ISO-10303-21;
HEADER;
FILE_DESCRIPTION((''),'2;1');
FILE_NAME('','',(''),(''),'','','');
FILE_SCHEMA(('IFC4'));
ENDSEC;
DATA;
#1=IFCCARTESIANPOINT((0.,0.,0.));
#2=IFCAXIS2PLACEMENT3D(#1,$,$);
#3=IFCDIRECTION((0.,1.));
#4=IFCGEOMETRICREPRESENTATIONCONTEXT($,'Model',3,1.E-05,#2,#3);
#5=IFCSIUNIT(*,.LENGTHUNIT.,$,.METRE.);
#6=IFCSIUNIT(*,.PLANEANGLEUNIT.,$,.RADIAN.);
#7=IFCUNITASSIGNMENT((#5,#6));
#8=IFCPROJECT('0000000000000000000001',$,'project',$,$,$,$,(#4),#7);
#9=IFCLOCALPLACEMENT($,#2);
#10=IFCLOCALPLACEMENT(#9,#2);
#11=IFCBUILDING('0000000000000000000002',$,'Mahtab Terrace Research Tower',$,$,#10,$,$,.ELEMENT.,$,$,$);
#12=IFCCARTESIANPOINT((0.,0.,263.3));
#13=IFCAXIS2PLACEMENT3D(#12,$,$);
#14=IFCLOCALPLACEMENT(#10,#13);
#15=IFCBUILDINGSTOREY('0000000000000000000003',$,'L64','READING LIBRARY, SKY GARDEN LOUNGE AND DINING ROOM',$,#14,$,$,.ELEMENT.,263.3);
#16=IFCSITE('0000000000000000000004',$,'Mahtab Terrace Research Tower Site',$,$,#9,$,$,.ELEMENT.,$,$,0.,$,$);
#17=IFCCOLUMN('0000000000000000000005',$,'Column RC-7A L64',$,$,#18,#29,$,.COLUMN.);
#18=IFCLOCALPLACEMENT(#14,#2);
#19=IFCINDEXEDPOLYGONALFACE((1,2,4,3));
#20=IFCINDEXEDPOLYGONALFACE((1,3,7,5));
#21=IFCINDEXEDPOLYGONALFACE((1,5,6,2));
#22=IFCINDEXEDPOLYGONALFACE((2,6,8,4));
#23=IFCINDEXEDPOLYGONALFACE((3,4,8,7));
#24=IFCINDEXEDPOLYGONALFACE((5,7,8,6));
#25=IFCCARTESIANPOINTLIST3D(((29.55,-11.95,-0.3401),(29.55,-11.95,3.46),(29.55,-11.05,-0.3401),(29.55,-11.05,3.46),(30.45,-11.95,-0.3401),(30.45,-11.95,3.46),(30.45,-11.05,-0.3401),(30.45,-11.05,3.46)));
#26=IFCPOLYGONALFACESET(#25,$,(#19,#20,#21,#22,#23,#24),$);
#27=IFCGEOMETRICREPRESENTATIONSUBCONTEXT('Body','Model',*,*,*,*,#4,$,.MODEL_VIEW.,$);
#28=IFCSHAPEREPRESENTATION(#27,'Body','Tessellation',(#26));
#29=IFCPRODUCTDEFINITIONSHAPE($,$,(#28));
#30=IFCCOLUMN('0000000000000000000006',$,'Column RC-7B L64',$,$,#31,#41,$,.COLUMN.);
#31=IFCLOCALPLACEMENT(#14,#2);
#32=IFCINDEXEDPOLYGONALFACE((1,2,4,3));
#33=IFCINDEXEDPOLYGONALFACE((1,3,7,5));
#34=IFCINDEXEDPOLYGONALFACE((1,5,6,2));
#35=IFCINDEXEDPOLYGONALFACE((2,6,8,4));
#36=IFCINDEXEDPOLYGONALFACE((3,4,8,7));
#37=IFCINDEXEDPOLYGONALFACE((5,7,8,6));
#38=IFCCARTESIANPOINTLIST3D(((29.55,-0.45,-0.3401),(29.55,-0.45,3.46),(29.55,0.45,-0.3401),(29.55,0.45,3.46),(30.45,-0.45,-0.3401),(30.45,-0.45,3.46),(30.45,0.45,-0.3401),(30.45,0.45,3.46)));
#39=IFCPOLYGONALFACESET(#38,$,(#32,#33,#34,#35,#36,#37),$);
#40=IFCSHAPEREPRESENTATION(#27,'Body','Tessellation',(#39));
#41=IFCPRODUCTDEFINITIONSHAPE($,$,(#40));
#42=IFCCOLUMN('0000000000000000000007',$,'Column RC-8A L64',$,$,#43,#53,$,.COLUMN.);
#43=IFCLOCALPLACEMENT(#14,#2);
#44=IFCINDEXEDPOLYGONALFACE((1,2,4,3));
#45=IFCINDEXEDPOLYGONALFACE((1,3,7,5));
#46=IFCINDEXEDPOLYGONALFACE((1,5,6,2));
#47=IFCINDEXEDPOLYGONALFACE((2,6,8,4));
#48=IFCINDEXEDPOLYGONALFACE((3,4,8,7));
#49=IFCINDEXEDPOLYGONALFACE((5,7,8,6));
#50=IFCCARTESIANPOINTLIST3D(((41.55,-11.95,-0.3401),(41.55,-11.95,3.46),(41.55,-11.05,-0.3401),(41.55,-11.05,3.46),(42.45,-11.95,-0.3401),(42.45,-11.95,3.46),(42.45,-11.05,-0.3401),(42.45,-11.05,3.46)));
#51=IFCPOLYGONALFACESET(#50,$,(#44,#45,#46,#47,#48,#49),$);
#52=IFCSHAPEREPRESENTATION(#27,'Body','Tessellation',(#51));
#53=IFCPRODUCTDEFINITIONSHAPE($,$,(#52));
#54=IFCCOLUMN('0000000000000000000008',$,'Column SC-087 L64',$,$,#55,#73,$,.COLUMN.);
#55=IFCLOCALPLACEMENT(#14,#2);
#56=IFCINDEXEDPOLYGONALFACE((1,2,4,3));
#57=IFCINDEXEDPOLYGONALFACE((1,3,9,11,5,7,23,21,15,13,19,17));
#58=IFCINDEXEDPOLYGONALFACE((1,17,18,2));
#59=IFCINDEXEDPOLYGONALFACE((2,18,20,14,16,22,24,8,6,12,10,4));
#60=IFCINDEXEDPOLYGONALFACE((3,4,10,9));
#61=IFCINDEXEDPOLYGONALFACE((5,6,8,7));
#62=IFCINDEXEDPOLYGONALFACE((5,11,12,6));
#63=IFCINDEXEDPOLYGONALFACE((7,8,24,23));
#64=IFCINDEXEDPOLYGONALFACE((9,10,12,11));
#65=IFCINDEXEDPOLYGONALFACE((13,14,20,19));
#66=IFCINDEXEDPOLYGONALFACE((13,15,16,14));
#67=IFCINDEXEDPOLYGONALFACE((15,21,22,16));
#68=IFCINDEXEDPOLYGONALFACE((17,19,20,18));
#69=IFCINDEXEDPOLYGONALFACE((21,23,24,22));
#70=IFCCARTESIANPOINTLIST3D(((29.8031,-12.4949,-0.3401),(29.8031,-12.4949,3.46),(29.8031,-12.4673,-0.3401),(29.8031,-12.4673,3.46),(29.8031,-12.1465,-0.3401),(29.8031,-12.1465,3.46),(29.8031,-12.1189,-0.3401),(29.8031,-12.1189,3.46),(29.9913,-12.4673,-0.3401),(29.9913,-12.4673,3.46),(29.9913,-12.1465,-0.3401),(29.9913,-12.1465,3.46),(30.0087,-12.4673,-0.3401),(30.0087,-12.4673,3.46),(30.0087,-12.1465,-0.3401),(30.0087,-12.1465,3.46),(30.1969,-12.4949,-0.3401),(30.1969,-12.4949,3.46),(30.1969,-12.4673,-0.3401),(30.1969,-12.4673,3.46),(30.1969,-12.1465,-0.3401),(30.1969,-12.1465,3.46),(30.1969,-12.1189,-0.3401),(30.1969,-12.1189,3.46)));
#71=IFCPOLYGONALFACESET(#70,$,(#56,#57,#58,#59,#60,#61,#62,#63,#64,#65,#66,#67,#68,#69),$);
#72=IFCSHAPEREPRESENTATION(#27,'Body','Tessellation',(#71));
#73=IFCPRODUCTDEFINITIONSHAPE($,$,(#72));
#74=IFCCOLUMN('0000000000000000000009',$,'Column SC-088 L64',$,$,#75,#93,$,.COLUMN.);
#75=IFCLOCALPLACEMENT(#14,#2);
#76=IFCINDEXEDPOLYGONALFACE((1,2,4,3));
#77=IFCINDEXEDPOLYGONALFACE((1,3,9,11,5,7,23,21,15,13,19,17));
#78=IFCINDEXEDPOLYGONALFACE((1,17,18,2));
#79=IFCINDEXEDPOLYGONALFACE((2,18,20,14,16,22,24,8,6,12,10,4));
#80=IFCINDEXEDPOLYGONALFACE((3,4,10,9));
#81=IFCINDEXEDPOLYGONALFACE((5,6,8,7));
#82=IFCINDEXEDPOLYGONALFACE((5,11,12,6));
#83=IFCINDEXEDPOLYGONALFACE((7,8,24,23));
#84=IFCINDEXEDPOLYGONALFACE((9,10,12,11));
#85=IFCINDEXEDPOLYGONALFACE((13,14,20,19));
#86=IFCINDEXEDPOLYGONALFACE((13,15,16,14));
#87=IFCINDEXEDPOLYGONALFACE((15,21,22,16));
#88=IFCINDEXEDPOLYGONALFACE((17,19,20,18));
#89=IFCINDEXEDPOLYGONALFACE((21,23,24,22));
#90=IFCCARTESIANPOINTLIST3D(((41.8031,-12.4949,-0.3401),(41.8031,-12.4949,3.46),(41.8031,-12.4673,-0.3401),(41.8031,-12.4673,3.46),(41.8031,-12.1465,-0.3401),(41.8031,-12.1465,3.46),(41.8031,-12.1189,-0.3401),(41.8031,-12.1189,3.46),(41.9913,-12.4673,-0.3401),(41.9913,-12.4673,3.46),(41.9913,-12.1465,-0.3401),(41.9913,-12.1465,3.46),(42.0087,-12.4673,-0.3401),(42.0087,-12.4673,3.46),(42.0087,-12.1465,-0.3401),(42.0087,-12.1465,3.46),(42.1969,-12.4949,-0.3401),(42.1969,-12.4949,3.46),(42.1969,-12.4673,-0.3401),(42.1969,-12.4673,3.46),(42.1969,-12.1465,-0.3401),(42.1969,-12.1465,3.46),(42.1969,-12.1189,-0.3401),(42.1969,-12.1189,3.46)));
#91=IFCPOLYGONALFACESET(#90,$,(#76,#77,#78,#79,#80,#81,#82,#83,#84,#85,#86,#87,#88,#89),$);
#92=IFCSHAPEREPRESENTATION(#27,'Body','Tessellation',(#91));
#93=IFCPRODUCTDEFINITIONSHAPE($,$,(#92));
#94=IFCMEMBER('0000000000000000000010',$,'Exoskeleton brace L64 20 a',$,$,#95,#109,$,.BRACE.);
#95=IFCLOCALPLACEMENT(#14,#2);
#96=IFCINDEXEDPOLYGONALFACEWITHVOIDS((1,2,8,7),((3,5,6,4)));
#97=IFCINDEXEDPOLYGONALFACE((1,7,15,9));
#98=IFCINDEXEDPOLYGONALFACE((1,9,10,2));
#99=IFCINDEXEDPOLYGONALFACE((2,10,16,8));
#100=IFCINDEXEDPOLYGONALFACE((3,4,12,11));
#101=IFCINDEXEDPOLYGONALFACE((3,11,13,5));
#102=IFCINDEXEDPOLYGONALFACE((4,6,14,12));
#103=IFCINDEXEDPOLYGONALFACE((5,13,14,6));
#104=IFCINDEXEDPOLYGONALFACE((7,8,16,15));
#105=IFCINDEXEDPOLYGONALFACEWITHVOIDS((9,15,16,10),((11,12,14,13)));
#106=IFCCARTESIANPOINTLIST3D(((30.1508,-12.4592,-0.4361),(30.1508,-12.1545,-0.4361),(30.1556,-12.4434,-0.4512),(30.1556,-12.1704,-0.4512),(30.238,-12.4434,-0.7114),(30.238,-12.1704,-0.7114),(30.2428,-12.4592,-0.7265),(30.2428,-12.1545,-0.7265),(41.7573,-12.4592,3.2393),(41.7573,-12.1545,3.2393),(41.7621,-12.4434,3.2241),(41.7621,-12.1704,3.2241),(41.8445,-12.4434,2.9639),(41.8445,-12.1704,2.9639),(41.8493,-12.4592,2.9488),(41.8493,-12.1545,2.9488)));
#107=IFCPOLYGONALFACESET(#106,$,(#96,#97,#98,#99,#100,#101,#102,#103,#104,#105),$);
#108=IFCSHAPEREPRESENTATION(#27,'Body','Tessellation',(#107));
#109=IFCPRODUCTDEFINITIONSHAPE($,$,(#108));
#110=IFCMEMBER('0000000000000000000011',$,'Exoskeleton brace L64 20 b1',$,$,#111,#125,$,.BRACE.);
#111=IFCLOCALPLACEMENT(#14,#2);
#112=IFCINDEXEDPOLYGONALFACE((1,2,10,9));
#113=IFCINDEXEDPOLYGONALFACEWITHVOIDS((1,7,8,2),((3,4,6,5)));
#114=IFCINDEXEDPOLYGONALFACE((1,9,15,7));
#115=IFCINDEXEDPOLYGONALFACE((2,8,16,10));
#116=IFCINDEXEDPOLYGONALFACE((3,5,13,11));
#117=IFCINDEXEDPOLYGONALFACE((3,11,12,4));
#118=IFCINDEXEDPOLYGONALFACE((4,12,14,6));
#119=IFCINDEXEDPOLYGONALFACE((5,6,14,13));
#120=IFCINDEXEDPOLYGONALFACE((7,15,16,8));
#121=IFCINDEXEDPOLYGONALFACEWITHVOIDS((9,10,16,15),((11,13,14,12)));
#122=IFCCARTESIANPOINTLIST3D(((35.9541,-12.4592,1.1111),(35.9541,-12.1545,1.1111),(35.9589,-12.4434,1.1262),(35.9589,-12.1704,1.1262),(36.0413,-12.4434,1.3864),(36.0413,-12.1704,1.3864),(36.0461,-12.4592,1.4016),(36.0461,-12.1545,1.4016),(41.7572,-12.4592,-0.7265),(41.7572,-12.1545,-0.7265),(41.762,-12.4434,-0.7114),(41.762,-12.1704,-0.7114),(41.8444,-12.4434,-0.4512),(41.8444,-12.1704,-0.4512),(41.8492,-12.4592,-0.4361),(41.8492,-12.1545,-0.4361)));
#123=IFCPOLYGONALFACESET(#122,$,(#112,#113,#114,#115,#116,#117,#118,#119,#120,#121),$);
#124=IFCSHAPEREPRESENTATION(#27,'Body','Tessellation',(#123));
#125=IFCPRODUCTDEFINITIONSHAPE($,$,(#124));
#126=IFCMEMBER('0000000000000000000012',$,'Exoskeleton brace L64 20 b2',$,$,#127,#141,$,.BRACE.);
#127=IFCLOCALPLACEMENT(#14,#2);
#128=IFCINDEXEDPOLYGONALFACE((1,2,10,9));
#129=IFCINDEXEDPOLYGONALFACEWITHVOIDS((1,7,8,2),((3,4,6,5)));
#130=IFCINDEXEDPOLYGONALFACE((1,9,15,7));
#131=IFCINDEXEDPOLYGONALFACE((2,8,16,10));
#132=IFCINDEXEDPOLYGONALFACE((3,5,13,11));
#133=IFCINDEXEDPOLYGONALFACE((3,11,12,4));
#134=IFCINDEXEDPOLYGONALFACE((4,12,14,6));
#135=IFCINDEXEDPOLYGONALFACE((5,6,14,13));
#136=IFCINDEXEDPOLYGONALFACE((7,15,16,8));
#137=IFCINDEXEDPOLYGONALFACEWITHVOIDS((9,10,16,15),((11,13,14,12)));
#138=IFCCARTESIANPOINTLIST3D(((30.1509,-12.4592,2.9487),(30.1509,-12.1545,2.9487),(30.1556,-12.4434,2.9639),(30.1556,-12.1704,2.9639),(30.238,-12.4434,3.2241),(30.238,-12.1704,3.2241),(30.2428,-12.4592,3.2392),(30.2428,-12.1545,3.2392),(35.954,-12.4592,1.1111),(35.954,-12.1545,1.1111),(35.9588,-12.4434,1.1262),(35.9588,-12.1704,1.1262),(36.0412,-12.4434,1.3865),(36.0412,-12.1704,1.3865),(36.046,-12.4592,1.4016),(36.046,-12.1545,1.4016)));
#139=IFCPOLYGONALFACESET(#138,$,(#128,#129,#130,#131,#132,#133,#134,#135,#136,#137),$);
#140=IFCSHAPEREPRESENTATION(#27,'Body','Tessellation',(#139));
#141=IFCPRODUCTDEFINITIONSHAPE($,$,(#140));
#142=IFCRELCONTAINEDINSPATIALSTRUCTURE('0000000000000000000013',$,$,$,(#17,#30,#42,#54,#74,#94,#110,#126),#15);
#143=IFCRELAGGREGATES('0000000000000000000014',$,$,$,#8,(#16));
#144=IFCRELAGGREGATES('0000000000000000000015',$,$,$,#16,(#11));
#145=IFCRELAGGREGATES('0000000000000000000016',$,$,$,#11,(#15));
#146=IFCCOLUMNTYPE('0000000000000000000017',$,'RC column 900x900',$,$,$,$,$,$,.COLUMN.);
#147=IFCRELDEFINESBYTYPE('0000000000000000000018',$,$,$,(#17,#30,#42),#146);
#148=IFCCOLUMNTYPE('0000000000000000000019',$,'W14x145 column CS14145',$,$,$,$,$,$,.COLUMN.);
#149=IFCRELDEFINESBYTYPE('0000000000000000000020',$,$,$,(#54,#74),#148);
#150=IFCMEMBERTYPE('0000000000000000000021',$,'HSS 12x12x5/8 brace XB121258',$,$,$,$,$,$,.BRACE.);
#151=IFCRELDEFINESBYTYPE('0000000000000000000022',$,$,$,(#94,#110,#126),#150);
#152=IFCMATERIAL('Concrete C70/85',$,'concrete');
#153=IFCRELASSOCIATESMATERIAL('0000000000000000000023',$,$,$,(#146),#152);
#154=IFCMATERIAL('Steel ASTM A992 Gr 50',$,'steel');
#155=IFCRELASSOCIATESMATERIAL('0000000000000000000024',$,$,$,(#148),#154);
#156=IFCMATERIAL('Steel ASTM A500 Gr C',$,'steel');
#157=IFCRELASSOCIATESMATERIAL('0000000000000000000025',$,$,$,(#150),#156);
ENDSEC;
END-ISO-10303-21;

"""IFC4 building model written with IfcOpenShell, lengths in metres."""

from ifc_helpers import new_model, si_unit, direction, frame, origin, origin_2d, place, context, subcontext, project, spatial, rectangle, hollow_rectangle, i_section, extrude, material, material_profile, profile_set, type_object, element, save


model = new_model("IFC4")

# Units and contexts
model_context = context("Model", 3, precision=1e-05, world=origin(), true_north=direction((0.0, 1.0)))
body_context = subcontext(model_context, "Body", "Model", "MODEL_VIEW")
ifc_project = project(units=[si_unit("LENGTHUNIT", "METRE"), si_unit("PLANEANGLEUNIT", "RADIAN")], contexts=[model_context])

# Site, building, storey
site_placement = place(None, origin())
site = spatial("IfcSite", under=ifc_project, at=site_placement, Name="Mahtab Terrace Research Tower Site", CompositionType="ELEMENT", RefElevation=0.0)
building_placement = place(site_placement, origin())
building = spatial("IfcBuilding", under=site, at=building_placement, Name="Mahtab Terrace Research Tower", CompositionType="ELEMENT")
storey_placement = place(building_placement, frame((0.0, 0.0, 263.3)))
storey = spatial("IfcBuildingStorey", under=building, at=storey_placement, Name="L64", Description="READING LIBRARY, SKY GARDEN LOUNGE AND DINING ROOM", CompositionType="ELEMENT", Elevation=263.3)

# Columns
ifc_material_1 = material(Name="Concrete C70/85", Category="concrete")
ifc_material_profile_1 = material_profile(ifc_material_1, rectangle(XDim=0.8999, YDim=0.8999, at=origin_2d()), Name="RC column 900x900")
ifc_profile_set_1 = profile_set([ifc_material_profile_1], Name="Concrete C70/85")
column_type_1 = type_object("IfcColumnType", Name="RC column 900x900", PredefinedType="COLUMN", material=ifc_profile_set_1)
for number, where, z_axis, x_axis, name in (
    (1, (30.0, -11.5, -0.3401), (0.0, 0.0, 1.0), (1.0, 0.0, 0.0), "Column RC-7A L64"),
    (2, (30.0, 0.0, -0.3401), (0.0, 0.0, 1.0), (1.0, 0.0, 0.0), "Column RC-7B L64"),
    (3, (42.0, -11.5, -0.3401), (0.0, 0.0, 1.0), (1.0, 0.0, 0.0), "Column RC-8A L64"),
):
    element("IfcColumn", number, at=place(storey_placement, frame(where, z_axis=z_axis, x_axis=x_axis)), inside=storey, type_object=column_type_1, Name=name, PredefinedType="COLUMN", context=body_context, shape_type="SweptSolid", body=[
        extrude(rectangle(XDim=0.8999, YDim=0.8999, at=origin_2d()), origin(), (0.0, 0.0, 1.0), 3.8),
    ])
ifc_material_2 = material(Name="Steel ASTM A992 Gr 50", Category="steel")
ifc_material_profile_2 = material_profile(ifc_material_2, i_section(OverallWidth=0.3938, OverallDepth=0.376, WebThickness=0.0173, FlangeThickness=0.0276, at=origin_2d()), Name="W14X145")
ifc_profile_set_2 = profile_set([ifc_material_profile_2], Name="Steel ASTM A992 Gr 50")
column_type_2 = type_object("IfcColumnType", Name="W14x145 column CS14145", PredefinedType="COLUMN", material=ifc_profile_set_2)
for number, where, z_axis, x_axis, name in (
    (4, (30.0, -12.3069, -0.3401), (0.0, 0.0, 1.0), (1.0, 0.0, 0.0), "Column SC-087 L64"),
    (5, (42.0, -12.3069, -0.3401), (0.0, 0.0, 1.0), (1.0, 0.0, 0.0), "Column SC-088 L64"),
):
    element("IfcColumn", number, at=place(storey_placement, frame(where, z_axis=z_axis, x_axis=x_axis)), inside=storey, type_object=column_type_2, Name=name, PredefinedType="COLUMN", context=body_context, shape_type="SweptSolid", body=[
        extrude(i_section(OverallWidth=0.3938, OverallDepth=0.376, WebThickness=0.0173, FlangeThickness=0.0276, at=origin_2d()), origin(), (0.0, 0.0, 1.0), 3.8),
    ])

# Members
ifc_material_3 = material(Name="Steel ASTM A500 Gr C", Category="steel")
ifc_material_profile_3 = material_profile(ifc_material_3, hollow_rectangle(XDim=0.3047, YDim=0.3047, WallThickness=0.0159, at=origin_2d()), Name="HSS12X12X5/8")
ifc_profile_set_3 = profile_set([ifc_material_profile_3], Name="Steel ASTM A500 Gr C")
member_type = type_object("IfcMemberType", Name="HSS 12x12x5/8 brace XB121258", PredefinedType="BRACE", material=ifc_profile_set_3)
member_placement = place(storey_placement, frame((30.1968, -12.3069, -0.5813), z_axis=(0.953344, 0.0, 0.301886), x_axis=(0.0, 1.0, 0.0)))
element("IfcMember", 6, at=member_placement, inside=storey, type_object=member_type, Name="Exoskeleton brace L64 20 a", PredefinedType="BRACE", context=body_context, shape_type="SweptSolid", body=[
    extrude(hollow_rectangle(XDim=0.3047, YDim=0.3047, WallThickness=0.0159, at=origin_2d()), origin(), (0.0, 0.0, 1.0), 12.1746),
])
for number, where, z_axis, x_axis, name in (
    (7, (41.8032, -12.3069, -0.5813), (-0.953344, 0.0, 0.301886), (0.0, -1.0, 0.0), "Exoskeleton brace L64 20 b1"),
    (8, (36.0, -12.3069, 1.2563), (-0.953344, 0.0, 0.301886), (0.0, -1.0, 0.0), "Exoskeleton brace L64 20 b2"),
):
    element("IfcMember", number, at=place(storey_placement, frame(where, z_axis=z_axis, x_axis=x_axis)), inside=storey, type_object=member_type, Name=name, PredefinedType="BRACE", context=body_context, shape_type="SweptSolid", body=[
        extrude(hollow_rectangle(XDim=0.3047, YDim=0.3047, WallThickness=0.0159, at=origin_2d()), origin(), (0.0, 0.0, 1.0), 6.0872),
    ])

save(model, "model.ifc")
